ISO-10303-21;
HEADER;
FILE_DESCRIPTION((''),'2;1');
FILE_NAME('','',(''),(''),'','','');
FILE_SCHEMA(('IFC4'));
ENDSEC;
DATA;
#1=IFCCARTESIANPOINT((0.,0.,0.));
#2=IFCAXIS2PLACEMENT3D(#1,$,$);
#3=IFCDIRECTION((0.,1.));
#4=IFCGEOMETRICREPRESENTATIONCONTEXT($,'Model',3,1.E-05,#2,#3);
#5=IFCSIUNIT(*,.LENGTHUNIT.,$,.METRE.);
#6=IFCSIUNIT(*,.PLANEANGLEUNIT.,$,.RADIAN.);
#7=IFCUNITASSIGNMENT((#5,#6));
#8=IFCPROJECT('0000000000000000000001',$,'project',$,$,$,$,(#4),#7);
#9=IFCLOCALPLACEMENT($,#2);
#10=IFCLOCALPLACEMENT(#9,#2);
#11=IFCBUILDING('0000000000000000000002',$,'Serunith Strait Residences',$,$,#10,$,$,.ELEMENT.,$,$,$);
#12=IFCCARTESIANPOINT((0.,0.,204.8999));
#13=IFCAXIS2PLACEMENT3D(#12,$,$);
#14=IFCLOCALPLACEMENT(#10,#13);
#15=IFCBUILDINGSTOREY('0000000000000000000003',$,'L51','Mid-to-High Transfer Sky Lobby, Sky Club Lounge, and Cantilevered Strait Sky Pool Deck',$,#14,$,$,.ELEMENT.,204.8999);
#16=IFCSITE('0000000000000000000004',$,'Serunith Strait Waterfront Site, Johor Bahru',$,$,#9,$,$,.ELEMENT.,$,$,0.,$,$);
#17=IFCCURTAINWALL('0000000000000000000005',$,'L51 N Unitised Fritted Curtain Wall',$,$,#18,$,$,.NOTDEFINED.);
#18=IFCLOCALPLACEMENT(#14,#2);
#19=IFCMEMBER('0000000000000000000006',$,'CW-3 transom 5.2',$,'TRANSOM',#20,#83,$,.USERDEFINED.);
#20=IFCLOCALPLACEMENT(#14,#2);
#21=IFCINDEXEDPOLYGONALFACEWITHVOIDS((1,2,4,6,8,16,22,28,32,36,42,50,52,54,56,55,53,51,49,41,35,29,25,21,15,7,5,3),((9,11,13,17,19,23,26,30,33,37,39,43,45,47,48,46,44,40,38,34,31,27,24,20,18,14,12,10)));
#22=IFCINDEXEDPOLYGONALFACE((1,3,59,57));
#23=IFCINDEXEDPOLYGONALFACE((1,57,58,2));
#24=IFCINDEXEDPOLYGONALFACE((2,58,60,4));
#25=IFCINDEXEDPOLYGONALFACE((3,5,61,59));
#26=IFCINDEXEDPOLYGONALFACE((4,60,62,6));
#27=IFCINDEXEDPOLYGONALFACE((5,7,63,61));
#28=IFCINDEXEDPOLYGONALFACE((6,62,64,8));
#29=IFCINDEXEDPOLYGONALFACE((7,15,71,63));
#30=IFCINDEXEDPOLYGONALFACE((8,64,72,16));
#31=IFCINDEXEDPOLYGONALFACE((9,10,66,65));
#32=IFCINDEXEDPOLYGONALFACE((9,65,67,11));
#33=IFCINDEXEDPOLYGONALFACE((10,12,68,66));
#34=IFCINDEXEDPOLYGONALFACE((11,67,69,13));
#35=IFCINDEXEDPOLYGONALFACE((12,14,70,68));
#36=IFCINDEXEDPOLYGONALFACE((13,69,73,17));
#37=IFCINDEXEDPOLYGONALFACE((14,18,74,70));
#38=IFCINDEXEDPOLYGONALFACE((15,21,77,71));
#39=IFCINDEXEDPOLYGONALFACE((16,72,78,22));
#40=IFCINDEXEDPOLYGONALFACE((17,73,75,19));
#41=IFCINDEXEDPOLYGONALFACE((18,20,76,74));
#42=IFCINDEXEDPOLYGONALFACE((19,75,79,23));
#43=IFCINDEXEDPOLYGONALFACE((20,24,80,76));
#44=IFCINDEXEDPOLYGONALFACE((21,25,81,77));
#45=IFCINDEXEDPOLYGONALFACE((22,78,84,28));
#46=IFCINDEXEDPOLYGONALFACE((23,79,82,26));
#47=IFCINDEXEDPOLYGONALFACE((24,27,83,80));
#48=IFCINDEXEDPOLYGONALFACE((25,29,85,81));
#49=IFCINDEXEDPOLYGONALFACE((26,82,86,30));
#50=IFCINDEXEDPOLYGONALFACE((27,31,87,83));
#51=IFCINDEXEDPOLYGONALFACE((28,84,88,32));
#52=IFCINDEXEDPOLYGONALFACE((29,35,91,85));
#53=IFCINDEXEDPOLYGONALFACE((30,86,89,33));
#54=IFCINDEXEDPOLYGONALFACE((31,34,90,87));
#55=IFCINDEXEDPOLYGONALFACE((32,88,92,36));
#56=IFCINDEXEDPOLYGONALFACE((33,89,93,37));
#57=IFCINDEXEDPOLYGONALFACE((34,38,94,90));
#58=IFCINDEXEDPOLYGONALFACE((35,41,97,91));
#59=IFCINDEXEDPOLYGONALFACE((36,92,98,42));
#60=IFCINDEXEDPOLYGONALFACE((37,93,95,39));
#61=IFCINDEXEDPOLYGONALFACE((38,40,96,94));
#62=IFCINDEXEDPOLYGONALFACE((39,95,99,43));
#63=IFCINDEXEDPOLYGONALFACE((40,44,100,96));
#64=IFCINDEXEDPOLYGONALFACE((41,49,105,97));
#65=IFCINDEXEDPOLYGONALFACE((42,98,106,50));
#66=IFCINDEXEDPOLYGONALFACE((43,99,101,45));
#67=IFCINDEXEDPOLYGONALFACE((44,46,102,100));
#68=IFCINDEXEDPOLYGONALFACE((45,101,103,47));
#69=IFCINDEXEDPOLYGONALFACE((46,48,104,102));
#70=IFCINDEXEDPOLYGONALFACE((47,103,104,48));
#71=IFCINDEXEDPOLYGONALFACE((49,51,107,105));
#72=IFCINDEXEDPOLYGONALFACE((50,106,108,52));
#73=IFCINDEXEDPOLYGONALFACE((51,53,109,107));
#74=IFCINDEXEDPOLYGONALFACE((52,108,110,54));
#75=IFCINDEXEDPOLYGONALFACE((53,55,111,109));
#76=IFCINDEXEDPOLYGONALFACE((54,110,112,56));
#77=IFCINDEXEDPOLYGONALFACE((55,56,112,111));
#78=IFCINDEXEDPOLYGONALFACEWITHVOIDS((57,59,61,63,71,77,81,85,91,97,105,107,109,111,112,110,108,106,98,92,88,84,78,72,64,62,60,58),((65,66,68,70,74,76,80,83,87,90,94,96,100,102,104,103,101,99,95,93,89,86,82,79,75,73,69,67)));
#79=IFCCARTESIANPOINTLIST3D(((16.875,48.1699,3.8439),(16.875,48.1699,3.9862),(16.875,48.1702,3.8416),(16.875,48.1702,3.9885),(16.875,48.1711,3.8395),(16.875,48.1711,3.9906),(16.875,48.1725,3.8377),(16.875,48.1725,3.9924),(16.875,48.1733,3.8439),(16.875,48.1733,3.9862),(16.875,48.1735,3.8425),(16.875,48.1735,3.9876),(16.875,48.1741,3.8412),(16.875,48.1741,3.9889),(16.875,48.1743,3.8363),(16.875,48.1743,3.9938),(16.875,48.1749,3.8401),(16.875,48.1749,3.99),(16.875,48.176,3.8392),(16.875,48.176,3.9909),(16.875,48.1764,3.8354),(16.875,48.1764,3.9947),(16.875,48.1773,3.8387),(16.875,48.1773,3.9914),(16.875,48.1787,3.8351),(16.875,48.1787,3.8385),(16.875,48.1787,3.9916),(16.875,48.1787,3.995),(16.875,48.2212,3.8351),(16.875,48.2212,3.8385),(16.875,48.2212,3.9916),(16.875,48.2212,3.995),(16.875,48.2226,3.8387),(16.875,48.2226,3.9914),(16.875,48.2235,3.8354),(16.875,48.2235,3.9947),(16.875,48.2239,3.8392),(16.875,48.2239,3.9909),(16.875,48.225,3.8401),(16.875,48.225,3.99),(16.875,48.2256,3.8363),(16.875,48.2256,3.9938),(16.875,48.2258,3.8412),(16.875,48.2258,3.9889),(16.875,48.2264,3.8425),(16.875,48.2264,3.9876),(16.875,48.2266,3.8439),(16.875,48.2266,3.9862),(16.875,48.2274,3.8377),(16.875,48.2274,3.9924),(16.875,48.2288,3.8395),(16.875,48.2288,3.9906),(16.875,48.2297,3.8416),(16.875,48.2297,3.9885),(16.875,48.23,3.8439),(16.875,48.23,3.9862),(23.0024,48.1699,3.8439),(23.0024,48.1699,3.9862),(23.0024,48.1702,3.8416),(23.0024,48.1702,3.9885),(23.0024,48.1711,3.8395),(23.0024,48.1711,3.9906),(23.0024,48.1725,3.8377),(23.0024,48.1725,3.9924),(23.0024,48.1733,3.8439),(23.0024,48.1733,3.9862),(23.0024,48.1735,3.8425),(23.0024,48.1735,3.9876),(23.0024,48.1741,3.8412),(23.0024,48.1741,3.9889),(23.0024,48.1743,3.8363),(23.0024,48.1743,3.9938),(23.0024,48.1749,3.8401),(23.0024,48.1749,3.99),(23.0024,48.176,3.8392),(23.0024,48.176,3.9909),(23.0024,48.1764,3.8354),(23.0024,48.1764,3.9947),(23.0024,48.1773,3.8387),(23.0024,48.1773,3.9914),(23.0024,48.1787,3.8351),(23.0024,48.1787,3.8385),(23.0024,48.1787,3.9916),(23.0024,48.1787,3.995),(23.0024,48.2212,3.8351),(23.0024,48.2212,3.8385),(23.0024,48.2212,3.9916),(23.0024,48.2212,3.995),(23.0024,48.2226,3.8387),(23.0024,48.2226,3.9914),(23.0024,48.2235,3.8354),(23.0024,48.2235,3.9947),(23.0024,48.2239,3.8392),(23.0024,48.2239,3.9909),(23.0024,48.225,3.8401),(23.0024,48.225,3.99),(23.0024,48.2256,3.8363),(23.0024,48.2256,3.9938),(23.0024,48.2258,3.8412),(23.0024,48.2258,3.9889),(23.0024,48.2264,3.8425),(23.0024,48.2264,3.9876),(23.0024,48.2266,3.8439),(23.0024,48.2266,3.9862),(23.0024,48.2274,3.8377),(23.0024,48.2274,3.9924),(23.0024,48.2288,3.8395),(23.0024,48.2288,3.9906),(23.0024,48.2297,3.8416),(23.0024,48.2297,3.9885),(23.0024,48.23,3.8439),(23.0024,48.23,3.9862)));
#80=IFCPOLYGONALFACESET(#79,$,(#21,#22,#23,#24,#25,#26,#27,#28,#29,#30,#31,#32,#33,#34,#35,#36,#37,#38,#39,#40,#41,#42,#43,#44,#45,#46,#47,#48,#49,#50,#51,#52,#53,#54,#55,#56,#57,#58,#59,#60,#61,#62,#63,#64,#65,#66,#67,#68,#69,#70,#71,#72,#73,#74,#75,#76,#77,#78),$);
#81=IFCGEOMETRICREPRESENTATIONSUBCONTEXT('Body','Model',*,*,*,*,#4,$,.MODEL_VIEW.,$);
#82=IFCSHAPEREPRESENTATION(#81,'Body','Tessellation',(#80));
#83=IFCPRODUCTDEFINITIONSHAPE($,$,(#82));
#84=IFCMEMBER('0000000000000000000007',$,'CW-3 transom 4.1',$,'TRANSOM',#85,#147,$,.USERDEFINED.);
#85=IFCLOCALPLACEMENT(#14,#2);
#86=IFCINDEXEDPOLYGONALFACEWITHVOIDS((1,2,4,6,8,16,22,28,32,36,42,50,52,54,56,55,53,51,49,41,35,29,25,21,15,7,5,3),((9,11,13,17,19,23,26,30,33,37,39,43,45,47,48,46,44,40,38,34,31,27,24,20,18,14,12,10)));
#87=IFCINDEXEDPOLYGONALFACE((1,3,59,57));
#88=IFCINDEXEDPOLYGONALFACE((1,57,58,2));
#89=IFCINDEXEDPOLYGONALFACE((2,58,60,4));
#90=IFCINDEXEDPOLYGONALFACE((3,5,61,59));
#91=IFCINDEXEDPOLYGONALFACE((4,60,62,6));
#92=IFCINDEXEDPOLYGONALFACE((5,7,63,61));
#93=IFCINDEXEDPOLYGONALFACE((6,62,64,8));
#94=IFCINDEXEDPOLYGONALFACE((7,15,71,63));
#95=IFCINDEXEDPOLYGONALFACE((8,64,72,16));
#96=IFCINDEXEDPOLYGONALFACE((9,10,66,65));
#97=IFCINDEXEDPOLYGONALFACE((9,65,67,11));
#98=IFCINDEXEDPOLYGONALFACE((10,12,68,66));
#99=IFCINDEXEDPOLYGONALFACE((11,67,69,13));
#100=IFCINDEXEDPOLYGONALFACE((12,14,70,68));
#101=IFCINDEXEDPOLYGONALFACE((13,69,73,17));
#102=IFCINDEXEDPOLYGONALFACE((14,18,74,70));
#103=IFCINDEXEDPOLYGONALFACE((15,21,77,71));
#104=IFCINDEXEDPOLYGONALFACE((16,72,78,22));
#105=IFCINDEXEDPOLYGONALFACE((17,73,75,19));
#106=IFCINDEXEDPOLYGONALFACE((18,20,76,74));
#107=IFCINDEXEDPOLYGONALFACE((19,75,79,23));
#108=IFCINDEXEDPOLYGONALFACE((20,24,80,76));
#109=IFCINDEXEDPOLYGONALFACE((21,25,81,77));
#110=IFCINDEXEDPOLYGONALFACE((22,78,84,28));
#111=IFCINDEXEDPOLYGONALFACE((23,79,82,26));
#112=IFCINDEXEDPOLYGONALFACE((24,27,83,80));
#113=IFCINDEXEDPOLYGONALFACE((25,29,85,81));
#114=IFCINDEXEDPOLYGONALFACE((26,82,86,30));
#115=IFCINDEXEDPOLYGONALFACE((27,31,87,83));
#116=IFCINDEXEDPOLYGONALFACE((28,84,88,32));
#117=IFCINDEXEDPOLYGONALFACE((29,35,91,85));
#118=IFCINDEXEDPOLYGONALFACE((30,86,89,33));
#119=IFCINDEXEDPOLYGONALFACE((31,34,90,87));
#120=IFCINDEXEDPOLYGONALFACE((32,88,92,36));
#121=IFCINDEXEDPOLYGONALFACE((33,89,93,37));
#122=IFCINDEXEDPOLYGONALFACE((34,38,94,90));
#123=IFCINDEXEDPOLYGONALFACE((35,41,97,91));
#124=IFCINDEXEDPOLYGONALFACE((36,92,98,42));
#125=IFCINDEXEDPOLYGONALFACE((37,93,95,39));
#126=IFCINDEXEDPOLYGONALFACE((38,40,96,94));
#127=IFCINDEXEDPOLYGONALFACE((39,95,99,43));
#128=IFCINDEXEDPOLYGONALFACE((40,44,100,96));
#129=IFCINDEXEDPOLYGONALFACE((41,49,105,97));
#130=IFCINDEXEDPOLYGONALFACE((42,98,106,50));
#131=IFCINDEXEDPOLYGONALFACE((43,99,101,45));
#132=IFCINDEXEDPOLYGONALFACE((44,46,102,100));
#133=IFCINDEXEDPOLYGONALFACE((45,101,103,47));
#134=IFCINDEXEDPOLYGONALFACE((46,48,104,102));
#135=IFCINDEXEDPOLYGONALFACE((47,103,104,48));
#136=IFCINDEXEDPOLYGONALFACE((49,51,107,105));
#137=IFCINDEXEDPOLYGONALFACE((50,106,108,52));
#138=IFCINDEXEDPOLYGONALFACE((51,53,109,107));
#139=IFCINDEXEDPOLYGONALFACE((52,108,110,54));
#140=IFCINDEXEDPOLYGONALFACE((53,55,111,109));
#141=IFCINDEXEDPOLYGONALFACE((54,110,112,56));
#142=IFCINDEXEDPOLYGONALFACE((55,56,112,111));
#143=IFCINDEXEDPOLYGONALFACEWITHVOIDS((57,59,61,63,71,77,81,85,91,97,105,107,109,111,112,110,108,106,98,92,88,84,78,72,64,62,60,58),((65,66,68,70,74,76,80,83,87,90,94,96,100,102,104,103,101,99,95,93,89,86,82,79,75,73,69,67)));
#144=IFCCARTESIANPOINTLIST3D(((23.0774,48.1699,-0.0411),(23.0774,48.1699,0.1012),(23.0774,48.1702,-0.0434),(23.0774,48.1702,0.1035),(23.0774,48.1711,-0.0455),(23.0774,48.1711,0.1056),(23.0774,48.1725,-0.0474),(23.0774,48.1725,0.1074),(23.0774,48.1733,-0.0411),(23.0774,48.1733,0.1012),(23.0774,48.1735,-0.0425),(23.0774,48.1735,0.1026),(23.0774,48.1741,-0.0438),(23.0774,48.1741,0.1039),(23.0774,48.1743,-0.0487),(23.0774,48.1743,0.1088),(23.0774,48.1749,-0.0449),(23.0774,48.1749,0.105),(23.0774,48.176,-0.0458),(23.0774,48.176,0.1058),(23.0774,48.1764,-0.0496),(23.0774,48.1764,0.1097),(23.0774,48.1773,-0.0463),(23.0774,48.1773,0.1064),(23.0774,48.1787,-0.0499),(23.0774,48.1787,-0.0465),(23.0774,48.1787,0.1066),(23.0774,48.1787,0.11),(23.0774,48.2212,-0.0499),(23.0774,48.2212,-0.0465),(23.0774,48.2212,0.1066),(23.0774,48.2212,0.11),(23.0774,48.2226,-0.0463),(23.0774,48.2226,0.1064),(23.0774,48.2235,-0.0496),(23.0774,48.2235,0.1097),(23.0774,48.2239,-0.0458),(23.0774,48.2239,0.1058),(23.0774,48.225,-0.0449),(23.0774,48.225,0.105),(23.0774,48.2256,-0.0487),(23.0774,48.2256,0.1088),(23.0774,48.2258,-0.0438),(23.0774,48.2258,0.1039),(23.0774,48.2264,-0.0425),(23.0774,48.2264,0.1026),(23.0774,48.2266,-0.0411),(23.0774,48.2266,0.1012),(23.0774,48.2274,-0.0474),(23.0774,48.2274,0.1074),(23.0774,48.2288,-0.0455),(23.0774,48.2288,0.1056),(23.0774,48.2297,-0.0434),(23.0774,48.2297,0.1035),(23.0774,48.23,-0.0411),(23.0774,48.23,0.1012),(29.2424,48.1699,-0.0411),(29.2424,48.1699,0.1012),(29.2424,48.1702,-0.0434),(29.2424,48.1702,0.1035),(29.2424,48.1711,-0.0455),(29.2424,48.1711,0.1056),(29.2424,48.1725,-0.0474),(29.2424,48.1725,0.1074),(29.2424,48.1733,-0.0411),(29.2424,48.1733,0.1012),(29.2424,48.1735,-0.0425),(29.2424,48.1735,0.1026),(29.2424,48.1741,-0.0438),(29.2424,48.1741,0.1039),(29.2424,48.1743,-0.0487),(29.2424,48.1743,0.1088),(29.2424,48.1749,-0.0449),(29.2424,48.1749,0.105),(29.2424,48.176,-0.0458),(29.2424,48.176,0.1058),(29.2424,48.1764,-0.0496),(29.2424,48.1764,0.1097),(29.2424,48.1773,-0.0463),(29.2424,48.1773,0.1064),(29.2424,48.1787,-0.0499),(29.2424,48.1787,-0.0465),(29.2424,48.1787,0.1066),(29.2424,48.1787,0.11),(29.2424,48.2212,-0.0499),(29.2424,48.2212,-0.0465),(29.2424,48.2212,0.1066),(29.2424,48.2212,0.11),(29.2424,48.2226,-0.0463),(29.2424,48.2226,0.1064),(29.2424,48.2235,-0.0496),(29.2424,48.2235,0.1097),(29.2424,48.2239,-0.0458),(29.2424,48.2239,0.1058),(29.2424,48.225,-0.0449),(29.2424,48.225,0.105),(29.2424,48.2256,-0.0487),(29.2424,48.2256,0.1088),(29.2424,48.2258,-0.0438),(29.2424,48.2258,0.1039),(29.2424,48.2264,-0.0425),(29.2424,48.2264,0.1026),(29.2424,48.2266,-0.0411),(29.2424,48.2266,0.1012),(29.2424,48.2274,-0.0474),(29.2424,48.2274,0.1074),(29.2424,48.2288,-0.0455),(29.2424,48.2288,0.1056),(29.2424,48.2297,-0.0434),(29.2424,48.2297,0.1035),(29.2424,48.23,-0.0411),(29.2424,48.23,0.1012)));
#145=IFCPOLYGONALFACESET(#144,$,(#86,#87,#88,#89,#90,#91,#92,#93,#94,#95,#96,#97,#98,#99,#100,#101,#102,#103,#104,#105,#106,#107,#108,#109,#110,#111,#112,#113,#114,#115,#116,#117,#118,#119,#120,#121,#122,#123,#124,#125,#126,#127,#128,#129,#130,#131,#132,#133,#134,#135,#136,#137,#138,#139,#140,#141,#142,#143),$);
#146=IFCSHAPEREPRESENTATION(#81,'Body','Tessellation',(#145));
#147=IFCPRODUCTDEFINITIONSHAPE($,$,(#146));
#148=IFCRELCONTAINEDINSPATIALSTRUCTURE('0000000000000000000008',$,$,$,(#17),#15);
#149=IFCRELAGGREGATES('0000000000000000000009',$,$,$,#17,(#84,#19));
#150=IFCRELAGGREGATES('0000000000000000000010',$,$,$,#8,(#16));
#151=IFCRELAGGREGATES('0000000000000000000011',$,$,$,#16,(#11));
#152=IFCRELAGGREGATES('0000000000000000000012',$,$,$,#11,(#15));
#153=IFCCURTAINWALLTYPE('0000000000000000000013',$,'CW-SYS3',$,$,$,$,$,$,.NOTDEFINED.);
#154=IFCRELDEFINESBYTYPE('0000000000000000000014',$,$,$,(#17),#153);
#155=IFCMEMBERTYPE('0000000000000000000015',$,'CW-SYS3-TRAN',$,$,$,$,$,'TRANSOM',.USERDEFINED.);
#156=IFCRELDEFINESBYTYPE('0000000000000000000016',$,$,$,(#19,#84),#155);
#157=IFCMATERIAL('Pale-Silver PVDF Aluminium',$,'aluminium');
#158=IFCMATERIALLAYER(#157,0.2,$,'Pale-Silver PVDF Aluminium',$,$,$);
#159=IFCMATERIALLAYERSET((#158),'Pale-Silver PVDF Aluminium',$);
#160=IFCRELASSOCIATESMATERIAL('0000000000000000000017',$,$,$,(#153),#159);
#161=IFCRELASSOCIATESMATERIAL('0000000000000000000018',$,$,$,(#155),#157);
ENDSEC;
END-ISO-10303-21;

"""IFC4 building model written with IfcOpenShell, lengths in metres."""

from ifc_helpers import new_model, si_unit, direction, frame, origin, origin_2d, place, context, subcontext, project, spatial, hollow_rectangle, extrude, source, transform, mapped, material, layer, layer_set, material_profile, profile_set, type_object, element, aggregate, save


model = new_model("IFC4")

# Units and contexts
model_context = context("Model", 3, precision=1e-05, world=origin(), true_north=direction((0.0, 1.0)))
body_context = subcontext(model_context, "Body", "Model", "MODEL_VIEW")
ifc_project = project(units=[si_unit("LENGTHUNIT", "METRE"), si_unit("PLANEANGLEUNIT", "RADIAN")], contexts=[model_context])

# Site, building, storey
site_placement = place(None, origin())
site = spatial("IfcSite", under=ifc_project, at=site_placement, Name="Serunith Strait Waterfront Site, Johor Bahru", CompositionType="ELEMENT", RefElevation=0.0)
building_placement = place(site_placement, origin())
building = spatial("IfcBuilding", under=site, at=building_placement, Name="Serunith Strait Residences", CompositionType="ELEMENT")
storey_placement = place(building_placement, frame((0.0, 0.0, 204.8999)))
storey = spatial("IfcBuildingStorey", under=building, at=storey_placement, Name="L51", Description="Mid-to-High Transfer Sky Lobby, Sky Club Lounge, and Cantilevered Strait Sky Pool Deck", CompositionType="ELEMENT", Elevation=204.8999)

# Curtain wall, members
ifc_material_1 = material(Name="Pale-Silver PVDF Aluminium", Category="aluminium")
ifc_layer_1 = layer(ifc_material_1, 0.2, Name="Pale-Silver PVDF Aluminium")
ifc_layer_set_1 = layer_set([ifc_layer_1], Name="Pale-Silver PVDF Aluminium")
curtain_wall_type = type_object("IfcCurtainWallType", Name="CW-SYS3", PredefinedType="NOTDEFINED", material=ifc_layer_set_1)
curtain_wall_placement = place(storey_placement, origin())
curtain_wall = element("IfcCurtainWall", 1, at=curtain_wall_placement, inside=storey, type_object=curtain_wall_type, Name="L51 N Unitised Fritted Curtain Wall", PredefinedType="NOTDEFINED")
ifc_material_profile_1 = material_profile(ifc_material_1, hollow_rectangle(XDim=0.0601, YDim=0.1599, WallThickness=0.0034, InnerFilletRadius=0.0054, OuterFilletRadius=0.0088, at=origin_2d()), Name="ALU 160x60x3.5")
ifc_profile_set_1 = profile_set([ifc_material_profile_1], Name="Pale-Silver PVDF Aluminium")
member_type_1 = type_object("IfcMemberType", Name="CW-SYS3-TRAN", ElementType="TRANSOM", PredefinedType="USERDEFINED", material=ifc_profile_set_1)
shared_shape_1 = source(origin(), body_context, "Body", "SweptSolid", [
    extrude(hollow_rectangle(XDim=0.0601, YDim=0.1599, WallThickness=0.0034, InnerFilletRadius=0.0054, OuterFilletRadius=0.0088, at=origin_2d()), origin(), (0.0, 0.0, 1.0), 6.1274),
])
member_1_placement = place(storey_placement, frame((23.0024, 48.2, 3.915), z_axis=(-1.0, 0.0, 0.0), x_axis=(0.0, -1.0, 0.0)))
member_1 = element("IfcMember", 2, at=member_1_placement, type_object=member_type_1, Name="CW-3 transom 5.2", ObjectType="TRANSOM", PredefinedType="USERDEFINED", context=body_context, shape_type="MappedRepresentation", body=[
    mapped(shared_shape_1, transform((0.0, 0.0, 0.0), scale=1.0)),
])
shared_shape_2 = source(origin(), body_context, "Body", "SweptSolid", [
    extrude(hollow_rectangle(XDim=0.0601, YDim=0.1599, WallThickness=0.0034, InnerFilletRadius=0.0054, OuterFilletRadius=0.0088, at=origin_2d()), origin(), (0.0, 0.0, 1.0), 6.165),
])
member_2_placement = place(storey_placement, frame((29.2424, 48.2, 0.03), z_axis=(-1.0, 0.0, 0.0), x_axis=(0.0, -1.0, 0.0)))
member_2 = element("IfcMember", 3, at=member_2_placement, type_object=member_type_1, Name="CW-3 transom 4.1", ObjectType="TRANSOM", PredefinedType="USERDEFINED", context=body_context, shape_type="MappedRepresentation", body=[
    mapped(shared_shape_2, transform((0.0, 0.0, 0.0), scale=1.0)),
])
aggregate(curtain_wall, [member_2, member_1])

save(model, "model.ifc")
